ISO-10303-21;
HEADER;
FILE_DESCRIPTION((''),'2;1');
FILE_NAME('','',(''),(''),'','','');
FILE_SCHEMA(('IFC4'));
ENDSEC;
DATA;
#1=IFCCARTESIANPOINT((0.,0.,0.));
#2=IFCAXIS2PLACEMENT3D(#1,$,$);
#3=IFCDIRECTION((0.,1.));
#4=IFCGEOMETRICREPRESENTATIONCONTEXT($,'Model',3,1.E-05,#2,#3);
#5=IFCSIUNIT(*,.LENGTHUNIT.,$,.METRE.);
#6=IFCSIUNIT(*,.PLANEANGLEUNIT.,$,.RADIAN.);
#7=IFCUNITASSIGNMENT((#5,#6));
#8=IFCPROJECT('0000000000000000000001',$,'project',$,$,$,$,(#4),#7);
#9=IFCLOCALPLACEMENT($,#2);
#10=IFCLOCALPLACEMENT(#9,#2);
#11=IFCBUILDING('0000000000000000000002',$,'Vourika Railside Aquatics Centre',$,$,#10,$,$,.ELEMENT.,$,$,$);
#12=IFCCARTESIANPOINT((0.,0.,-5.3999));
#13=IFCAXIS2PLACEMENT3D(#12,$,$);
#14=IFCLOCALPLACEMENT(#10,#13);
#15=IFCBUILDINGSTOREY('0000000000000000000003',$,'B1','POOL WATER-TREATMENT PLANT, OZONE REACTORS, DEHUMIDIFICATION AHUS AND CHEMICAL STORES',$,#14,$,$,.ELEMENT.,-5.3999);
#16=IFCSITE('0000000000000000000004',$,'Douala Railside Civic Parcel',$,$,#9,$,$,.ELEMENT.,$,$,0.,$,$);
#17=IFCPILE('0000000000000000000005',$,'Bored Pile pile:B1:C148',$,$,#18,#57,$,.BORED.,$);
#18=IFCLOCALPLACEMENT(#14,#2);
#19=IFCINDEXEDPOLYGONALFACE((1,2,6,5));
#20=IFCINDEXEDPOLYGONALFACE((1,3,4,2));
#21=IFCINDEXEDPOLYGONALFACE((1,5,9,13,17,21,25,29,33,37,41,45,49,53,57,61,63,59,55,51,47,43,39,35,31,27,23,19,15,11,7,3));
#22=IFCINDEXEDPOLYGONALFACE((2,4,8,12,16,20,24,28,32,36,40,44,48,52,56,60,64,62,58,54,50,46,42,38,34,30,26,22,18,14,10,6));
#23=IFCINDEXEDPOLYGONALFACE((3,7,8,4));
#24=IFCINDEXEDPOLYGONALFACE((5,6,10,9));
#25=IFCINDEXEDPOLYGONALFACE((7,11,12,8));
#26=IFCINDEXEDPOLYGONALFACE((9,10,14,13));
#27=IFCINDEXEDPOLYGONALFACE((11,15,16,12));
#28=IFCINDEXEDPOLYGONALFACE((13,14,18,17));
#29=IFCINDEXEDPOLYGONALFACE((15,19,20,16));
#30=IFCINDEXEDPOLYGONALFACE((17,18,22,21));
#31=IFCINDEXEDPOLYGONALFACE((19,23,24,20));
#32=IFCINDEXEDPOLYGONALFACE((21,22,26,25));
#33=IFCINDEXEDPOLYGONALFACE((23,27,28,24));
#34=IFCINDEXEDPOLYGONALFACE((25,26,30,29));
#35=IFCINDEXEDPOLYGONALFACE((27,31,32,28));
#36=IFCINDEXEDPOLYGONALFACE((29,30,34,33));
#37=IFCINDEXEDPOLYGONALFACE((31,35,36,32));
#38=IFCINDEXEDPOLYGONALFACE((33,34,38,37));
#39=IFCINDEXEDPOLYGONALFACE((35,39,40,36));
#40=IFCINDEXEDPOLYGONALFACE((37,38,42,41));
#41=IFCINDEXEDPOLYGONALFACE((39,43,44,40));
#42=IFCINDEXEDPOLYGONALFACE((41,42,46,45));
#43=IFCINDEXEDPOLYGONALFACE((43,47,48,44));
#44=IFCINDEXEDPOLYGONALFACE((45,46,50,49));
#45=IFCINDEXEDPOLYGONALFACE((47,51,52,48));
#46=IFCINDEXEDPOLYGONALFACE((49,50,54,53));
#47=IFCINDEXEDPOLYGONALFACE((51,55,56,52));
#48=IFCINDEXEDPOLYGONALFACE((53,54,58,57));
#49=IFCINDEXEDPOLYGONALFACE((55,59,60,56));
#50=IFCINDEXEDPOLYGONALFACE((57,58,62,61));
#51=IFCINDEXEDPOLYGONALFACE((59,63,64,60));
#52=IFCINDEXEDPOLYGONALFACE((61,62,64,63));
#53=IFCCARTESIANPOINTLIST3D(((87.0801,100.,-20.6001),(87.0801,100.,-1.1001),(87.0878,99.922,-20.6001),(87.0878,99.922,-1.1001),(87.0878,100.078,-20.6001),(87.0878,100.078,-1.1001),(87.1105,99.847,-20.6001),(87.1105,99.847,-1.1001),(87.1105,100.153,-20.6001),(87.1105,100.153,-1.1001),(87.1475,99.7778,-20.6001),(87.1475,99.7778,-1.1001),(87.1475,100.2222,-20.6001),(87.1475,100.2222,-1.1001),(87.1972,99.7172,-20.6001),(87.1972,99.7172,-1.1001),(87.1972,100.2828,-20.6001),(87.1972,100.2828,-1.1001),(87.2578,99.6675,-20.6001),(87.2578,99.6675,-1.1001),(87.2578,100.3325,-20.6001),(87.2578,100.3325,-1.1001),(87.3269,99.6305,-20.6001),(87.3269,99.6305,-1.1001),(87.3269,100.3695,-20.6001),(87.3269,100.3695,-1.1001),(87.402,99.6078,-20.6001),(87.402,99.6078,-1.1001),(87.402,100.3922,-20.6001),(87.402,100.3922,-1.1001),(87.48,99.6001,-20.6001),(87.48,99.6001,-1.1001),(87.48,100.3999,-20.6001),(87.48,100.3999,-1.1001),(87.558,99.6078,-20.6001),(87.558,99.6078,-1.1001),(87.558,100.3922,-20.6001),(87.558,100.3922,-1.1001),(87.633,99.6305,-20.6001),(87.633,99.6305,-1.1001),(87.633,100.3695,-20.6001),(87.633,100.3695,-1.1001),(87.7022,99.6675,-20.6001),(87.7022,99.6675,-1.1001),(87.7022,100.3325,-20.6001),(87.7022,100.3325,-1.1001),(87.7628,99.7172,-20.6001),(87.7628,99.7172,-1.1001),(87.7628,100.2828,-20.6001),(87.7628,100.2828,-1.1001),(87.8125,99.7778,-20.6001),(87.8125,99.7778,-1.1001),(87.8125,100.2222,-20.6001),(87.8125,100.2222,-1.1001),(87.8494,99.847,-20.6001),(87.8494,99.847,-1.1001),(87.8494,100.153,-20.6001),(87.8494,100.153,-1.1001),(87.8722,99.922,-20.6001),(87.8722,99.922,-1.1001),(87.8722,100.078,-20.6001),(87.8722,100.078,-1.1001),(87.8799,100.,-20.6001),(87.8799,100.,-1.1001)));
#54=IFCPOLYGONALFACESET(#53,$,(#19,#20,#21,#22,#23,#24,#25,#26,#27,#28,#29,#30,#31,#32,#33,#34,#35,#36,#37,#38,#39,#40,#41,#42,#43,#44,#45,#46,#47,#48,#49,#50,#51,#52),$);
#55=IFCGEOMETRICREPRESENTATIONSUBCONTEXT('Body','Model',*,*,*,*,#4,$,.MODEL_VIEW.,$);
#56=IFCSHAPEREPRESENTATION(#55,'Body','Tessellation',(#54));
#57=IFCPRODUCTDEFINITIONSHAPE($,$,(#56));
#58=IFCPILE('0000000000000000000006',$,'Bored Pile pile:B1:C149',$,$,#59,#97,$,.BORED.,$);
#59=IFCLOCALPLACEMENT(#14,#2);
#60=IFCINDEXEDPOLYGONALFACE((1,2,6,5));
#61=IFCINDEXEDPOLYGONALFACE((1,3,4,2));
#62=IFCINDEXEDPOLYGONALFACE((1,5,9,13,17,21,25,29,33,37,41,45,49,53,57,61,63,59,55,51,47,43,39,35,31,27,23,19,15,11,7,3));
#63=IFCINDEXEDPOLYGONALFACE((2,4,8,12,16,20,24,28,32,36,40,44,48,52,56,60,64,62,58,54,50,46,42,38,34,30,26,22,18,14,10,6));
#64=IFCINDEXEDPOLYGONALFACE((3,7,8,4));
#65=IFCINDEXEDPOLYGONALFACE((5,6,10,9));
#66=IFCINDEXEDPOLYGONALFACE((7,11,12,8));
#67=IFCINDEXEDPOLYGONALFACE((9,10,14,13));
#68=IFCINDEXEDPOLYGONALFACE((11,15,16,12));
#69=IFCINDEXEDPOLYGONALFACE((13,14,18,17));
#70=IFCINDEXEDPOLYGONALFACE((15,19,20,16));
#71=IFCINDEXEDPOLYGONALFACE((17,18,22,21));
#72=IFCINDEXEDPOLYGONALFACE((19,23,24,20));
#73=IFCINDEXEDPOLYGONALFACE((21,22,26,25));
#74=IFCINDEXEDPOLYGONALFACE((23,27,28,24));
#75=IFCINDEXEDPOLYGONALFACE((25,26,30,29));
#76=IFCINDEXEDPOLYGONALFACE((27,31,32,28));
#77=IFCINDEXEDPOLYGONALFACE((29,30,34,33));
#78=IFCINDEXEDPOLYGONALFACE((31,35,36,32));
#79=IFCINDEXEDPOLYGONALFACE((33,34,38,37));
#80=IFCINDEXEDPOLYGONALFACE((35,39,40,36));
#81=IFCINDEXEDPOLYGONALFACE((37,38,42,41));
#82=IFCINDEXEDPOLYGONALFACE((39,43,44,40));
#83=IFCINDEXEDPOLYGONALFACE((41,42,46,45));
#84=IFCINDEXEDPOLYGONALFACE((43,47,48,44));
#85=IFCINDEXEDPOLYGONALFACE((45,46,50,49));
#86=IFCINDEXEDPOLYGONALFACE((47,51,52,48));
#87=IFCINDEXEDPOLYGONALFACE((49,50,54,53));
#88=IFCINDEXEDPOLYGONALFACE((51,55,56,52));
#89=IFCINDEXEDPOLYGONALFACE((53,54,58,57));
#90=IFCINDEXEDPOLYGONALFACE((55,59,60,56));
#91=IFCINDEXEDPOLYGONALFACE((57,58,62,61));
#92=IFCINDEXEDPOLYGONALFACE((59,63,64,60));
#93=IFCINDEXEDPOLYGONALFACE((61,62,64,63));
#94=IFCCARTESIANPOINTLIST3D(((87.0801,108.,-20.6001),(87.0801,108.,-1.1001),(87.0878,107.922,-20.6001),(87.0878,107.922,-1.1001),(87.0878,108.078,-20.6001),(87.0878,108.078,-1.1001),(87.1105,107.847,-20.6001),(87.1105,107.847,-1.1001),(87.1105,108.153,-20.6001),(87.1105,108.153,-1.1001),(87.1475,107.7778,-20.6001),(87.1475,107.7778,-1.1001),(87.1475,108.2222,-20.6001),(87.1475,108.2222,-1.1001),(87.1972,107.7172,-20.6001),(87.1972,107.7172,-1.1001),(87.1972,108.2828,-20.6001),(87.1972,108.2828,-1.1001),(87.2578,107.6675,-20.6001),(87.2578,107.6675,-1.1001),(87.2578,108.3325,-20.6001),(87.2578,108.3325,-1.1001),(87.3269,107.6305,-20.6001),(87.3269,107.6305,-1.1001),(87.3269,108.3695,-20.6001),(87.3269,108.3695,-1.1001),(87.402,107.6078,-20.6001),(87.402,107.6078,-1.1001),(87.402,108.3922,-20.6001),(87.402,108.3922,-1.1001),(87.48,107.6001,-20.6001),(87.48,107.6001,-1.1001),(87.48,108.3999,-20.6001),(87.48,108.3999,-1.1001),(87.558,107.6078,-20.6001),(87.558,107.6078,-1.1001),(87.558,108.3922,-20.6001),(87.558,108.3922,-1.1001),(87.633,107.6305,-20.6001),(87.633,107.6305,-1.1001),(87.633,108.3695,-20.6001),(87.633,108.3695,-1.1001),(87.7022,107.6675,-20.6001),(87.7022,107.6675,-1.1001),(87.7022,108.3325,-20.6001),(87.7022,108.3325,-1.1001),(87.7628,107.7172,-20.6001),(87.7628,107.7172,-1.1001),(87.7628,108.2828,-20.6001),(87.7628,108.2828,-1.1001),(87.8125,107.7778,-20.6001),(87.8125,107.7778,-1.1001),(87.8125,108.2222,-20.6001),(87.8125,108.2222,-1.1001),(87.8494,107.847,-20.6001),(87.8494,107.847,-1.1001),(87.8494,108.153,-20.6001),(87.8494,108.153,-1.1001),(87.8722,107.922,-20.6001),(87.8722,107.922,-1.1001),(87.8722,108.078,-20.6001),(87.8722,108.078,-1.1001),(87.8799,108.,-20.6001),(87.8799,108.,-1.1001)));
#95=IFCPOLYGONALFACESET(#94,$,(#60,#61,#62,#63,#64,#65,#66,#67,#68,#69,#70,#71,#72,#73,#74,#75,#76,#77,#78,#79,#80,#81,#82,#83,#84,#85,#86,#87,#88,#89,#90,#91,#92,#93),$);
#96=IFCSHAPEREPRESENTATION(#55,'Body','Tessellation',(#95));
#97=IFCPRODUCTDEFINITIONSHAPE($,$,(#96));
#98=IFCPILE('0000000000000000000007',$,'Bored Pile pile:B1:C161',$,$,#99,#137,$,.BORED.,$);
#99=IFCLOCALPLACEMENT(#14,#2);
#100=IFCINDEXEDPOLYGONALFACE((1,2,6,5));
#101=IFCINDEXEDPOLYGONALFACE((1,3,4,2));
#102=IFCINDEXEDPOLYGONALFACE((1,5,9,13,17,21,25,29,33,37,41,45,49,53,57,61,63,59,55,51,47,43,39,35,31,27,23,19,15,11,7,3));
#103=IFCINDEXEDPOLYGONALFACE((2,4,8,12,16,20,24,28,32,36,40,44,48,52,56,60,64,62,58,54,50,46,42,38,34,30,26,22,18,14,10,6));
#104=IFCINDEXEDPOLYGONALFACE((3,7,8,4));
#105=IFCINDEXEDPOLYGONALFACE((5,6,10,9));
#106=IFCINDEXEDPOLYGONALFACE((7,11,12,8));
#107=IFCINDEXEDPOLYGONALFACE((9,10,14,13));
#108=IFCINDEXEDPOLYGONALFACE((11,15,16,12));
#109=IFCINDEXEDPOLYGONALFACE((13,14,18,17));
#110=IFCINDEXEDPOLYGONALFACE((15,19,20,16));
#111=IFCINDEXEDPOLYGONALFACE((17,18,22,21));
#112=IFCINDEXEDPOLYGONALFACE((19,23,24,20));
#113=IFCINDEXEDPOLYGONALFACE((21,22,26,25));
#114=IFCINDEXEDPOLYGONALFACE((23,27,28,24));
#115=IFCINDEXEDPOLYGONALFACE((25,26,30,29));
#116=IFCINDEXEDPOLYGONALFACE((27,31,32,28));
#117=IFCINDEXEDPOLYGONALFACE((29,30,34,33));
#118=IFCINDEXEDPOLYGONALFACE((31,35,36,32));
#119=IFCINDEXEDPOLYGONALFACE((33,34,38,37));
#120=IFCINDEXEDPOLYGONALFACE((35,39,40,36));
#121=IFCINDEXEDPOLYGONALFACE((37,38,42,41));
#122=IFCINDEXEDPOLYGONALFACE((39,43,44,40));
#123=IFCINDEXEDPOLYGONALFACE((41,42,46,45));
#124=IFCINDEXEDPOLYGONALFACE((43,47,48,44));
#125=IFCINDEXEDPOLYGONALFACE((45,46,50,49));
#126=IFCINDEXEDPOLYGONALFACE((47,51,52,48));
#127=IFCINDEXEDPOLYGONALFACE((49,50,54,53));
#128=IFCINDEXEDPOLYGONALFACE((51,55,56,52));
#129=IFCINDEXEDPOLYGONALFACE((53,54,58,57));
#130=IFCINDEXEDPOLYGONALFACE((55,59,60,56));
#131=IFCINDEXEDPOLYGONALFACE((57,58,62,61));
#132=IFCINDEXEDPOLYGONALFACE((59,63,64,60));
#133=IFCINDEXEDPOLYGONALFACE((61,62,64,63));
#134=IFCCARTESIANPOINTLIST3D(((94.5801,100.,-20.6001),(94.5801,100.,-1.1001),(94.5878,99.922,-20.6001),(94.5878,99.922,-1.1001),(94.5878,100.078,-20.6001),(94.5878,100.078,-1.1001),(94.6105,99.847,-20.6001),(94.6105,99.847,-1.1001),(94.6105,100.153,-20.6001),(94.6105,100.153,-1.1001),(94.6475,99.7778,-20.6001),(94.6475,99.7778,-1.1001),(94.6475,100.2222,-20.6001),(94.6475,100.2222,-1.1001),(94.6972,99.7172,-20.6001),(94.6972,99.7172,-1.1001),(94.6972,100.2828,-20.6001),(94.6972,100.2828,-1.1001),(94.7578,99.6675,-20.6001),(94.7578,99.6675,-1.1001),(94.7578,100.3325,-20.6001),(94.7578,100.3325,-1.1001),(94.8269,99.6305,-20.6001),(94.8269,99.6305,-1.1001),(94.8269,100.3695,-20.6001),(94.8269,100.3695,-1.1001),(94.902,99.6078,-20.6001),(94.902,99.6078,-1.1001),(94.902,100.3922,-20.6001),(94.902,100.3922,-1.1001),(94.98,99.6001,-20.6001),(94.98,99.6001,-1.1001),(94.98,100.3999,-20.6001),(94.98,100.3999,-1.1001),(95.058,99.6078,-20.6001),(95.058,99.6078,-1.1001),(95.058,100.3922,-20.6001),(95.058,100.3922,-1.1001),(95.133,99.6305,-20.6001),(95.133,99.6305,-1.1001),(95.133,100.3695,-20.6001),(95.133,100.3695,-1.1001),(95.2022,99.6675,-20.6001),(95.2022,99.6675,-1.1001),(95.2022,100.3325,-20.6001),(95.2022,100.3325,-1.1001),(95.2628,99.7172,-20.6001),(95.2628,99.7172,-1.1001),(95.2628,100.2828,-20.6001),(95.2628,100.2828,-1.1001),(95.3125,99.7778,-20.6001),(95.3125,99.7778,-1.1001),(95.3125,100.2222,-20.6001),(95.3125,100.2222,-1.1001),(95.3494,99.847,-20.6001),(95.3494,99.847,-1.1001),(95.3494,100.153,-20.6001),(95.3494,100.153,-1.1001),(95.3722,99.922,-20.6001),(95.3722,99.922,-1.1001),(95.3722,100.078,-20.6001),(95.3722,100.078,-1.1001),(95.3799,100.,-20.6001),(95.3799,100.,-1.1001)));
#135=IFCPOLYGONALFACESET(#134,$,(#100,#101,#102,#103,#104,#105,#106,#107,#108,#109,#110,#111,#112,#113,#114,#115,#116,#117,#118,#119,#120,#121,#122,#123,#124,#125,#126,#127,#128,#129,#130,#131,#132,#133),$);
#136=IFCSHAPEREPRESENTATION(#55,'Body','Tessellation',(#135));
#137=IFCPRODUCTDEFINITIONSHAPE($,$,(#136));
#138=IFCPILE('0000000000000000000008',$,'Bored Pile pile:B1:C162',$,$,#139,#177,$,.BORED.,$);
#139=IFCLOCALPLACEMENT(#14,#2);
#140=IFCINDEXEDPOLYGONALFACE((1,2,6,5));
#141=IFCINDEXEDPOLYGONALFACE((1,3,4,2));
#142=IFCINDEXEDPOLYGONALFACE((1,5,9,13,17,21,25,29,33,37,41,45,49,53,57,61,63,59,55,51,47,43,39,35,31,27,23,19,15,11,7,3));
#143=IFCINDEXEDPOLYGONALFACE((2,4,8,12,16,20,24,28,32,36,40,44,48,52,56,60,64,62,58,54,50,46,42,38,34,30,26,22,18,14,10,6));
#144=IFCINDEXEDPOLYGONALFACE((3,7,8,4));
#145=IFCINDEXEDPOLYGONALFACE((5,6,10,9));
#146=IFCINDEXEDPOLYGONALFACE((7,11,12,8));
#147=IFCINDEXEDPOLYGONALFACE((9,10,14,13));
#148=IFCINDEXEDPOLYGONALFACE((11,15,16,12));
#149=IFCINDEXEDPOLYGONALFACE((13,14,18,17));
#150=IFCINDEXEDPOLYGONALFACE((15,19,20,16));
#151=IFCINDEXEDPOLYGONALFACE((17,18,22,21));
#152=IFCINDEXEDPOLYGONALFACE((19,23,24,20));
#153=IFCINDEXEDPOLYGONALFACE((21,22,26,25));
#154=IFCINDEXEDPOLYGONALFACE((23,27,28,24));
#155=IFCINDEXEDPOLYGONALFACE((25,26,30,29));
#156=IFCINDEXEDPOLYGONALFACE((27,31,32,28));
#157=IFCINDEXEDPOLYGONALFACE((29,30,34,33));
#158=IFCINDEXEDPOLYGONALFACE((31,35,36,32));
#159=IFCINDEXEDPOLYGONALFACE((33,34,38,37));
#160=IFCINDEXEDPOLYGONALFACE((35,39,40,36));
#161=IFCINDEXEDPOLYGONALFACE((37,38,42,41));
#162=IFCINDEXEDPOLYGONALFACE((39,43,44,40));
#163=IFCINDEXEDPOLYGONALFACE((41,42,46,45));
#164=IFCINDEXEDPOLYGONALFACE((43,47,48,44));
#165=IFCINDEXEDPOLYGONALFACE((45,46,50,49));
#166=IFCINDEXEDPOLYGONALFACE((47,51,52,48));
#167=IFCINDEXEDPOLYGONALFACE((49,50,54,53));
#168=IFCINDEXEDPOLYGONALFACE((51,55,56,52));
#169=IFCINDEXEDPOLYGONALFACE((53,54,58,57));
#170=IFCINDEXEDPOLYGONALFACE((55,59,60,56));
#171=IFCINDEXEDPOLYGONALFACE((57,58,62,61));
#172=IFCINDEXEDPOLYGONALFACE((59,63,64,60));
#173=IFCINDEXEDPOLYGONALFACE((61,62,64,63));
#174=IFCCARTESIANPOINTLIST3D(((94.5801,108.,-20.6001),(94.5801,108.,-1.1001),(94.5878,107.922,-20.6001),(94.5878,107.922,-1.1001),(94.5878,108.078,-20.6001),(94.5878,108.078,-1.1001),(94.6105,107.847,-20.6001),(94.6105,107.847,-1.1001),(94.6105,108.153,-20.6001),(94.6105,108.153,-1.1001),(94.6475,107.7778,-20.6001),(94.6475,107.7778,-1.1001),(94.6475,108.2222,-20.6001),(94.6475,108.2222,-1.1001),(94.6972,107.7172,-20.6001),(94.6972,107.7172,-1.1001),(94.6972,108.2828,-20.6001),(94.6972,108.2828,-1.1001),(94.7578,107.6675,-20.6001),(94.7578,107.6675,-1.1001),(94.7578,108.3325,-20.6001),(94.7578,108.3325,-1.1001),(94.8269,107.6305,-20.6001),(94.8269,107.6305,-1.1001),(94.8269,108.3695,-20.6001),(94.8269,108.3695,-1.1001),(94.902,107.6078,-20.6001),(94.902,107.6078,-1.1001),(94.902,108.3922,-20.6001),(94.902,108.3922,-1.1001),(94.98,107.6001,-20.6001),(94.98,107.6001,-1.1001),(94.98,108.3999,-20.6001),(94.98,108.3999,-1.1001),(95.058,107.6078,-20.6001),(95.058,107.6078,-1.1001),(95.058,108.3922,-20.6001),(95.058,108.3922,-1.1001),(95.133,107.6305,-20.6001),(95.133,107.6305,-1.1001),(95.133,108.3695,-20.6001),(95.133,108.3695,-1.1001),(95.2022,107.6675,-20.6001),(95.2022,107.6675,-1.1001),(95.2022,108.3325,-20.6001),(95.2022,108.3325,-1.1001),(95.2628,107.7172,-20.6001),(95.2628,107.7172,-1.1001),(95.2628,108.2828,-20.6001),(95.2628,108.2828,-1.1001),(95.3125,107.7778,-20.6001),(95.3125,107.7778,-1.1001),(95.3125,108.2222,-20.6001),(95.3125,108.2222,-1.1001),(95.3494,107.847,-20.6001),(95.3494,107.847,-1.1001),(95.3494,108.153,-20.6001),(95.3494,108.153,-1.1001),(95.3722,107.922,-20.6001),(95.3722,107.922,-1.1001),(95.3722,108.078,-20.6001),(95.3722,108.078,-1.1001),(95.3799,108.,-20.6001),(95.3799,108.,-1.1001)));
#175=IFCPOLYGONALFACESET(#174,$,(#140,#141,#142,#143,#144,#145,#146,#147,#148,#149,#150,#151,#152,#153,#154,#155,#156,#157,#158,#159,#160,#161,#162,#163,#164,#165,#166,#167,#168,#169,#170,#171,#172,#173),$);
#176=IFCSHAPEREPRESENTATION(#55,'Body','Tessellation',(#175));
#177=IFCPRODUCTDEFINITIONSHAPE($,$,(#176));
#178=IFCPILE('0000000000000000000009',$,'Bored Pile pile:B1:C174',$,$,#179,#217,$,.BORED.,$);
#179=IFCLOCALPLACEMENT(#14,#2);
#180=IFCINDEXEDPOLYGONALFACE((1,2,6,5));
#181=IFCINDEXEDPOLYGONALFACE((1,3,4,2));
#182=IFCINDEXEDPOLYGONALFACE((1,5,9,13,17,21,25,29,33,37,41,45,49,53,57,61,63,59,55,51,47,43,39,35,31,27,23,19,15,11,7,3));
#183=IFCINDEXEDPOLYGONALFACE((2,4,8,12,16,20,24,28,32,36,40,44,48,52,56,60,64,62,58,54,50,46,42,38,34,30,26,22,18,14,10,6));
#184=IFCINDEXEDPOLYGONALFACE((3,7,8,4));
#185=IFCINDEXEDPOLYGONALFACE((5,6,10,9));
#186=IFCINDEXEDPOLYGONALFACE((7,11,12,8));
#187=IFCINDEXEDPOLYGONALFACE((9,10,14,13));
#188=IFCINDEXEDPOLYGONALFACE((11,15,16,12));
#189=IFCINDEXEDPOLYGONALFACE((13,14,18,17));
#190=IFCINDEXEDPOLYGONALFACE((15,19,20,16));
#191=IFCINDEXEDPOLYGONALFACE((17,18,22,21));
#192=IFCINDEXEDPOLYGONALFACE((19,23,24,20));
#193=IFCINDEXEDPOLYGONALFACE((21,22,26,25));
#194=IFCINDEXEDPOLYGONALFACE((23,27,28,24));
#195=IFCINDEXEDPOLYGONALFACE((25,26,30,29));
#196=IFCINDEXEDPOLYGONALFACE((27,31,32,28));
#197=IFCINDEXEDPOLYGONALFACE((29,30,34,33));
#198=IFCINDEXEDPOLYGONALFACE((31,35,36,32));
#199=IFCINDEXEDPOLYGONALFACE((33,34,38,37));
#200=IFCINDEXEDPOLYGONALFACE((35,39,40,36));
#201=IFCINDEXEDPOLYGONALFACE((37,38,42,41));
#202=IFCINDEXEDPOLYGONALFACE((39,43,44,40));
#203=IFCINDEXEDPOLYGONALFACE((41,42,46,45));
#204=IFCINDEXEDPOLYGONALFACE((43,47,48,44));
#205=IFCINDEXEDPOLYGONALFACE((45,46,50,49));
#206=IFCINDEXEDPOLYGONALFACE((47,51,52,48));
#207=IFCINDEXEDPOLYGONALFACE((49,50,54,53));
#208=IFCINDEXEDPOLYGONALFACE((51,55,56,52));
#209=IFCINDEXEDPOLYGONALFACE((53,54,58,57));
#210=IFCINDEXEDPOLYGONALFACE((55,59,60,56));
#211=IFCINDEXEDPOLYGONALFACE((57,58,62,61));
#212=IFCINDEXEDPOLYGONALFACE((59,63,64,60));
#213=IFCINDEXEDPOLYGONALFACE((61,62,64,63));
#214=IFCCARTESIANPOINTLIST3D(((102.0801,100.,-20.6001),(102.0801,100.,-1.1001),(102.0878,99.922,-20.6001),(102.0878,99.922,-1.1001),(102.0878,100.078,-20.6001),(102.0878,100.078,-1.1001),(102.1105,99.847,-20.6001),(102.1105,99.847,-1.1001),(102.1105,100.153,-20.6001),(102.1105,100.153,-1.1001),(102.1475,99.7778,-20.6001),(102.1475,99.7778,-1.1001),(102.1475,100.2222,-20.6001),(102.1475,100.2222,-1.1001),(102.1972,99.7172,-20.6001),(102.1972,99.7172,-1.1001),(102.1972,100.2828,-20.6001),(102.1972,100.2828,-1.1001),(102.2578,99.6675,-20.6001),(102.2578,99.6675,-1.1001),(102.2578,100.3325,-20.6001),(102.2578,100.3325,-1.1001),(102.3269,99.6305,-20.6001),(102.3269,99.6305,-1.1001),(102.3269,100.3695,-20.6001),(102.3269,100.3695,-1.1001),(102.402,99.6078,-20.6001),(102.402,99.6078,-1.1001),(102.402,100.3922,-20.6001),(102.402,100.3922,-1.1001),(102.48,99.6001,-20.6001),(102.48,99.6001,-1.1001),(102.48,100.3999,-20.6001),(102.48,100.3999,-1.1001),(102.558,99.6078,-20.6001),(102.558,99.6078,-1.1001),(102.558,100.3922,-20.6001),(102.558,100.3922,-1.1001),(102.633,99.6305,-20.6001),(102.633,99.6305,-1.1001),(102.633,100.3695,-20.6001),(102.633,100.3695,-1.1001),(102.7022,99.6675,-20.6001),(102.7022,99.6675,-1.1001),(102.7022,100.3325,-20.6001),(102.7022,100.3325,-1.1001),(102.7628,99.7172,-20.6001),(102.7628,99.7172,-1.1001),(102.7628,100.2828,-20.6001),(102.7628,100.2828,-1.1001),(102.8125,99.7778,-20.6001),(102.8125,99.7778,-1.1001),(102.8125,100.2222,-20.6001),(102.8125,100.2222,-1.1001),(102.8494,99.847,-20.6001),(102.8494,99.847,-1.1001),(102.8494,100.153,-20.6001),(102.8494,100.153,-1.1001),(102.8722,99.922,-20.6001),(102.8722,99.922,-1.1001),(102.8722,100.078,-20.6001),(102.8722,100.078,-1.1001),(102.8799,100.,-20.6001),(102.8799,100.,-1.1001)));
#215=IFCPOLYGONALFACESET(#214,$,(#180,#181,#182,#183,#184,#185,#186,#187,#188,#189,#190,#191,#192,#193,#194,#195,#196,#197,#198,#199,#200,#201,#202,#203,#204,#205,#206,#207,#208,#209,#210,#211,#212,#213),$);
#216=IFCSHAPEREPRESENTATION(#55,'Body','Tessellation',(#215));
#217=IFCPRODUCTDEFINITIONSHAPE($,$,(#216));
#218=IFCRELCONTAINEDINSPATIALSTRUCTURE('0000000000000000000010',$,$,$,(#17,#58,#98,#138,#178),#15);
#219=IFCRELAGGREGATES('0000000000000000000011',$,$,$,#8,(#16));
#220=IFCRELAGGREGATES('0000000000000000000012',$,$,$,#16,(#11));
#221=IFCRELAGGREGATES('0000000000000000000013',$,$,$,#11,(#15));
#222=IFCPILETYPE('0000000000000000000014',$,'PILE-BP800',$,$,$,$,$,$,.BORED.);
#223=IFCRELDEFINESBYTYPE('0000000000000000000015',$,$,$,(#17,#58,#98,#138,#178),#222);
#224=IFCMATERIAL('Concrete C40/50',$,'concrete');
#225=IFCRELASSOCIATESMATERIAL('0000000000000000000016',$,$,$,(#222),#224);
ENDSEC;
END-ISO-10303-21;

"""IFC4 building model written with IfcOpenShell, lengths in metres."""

from ifc_helpers import new_model, si_unit, direction, frame, origin, origin_2d, place, context, subcontext, project, spatial, circle, extrude, material, material_profile, profile_set, type_object, element, save


model = new_model("IFC4")

# Units and contexts
model_context = context("Model", 3, precision=1e-05, world=origin(), true_north=direction((0.0, 1.0)))
body_context = subcontext(model_context, "Body", "Model", "MODEL_VIEW")
ifc_project = project(units=[si_unit("LENGTHUNIT", "METRE"), si_unit("PLANEANGLEUNIT", "RADIAN")], contexts=[model_context])

# Site, building, storey
site_placement = place(None, origin())
site = spatial("IfcSite", under=ifc_project, at=site_placement, Name="Douala Railside Civic Parcel", CompositionType="ELEMENT", RefElevation=0.0)
building_placement = place(site_placement, origin())
building = spatial("IfcBuilding", under=site, at=building_placement, Name="Vourika Railside Aquatics Centre", CompositionType="ELEMENT")
storey_placement = place(building_placement, frame((0.0, 0.0, -5.3999)))
storey = spatial("IfcBuildingStorey", under=building, at=storey_placement, Name="B1", Description="POOL WATER-TREATMENT PLANT, OZONE REACTORS, DEHUMIDIFICATION AHUS AND CHEMICAL STORES", CompositionType="ELEMENT", Elevation=-5.3999)

# Shared definitions
ifc_material_1 = material(Name="Concrete C40/50", Category="concrete")

# Piles
ifc_material_profile_1 = material_profile(ifc_material_1, circle(Radius=0.3999, at=origin_2d()), Name="BP 800")
ifc_profile_set_1 = profile_set([ifc_material_profile_1], Name="Concrete C40/50")
pile_type = type_object("IfcPileType", Name="PILE-BP800", PredefinedType="BORED", material=ifc_profile_set_1)
for number, where, z_axis, x_axis, name in (
    (1, (87.48, 100.0, -1.1001), (0.0, 0.0, -1.0), (1.0, 0.0, 0.0), "Bored Pile pile:B1:C148"),
    (2, (87.48, 108.0, -1.1001), (0.0, 0.0, -1.0), (1.0, 0.0, 0.0), "Bored Pile pile:B1:C149"),
    (3, (94.98, 100.0, -1.1001), (0.0, 0.0, -1.0), (1.0, 0.0, 0.0), "Bored Pile pile:B1:C161"),
    (4, (94.98, 108.0, -1.1001), (0.0, 0.0, -1.0), (1.0, 0.0, 0.0), "Bored Pile pile:B1:C162"),
    (5, (102.48, 100.0, -1.1001), (0.0, 0.0, -1.0), (1.0, 0.0, 0.0), "Bored Pile pile:B1:C174"),
):
    element("IfcPile", number, at=place(storey_placement, frame(where, z_axis=z_axis, x_axis=x_axis)), inside=storey, type_object=pile_type, Name=name, PredefinedType="BORED", context=body_context, shape_type="SweptSolid", body=[
        extrude(circle(Radius=0.3999, at=origin_2d()), origin(), (0.0, 0.0, 1.0), 19.5),
    ])

save(model, "model.ifc")
